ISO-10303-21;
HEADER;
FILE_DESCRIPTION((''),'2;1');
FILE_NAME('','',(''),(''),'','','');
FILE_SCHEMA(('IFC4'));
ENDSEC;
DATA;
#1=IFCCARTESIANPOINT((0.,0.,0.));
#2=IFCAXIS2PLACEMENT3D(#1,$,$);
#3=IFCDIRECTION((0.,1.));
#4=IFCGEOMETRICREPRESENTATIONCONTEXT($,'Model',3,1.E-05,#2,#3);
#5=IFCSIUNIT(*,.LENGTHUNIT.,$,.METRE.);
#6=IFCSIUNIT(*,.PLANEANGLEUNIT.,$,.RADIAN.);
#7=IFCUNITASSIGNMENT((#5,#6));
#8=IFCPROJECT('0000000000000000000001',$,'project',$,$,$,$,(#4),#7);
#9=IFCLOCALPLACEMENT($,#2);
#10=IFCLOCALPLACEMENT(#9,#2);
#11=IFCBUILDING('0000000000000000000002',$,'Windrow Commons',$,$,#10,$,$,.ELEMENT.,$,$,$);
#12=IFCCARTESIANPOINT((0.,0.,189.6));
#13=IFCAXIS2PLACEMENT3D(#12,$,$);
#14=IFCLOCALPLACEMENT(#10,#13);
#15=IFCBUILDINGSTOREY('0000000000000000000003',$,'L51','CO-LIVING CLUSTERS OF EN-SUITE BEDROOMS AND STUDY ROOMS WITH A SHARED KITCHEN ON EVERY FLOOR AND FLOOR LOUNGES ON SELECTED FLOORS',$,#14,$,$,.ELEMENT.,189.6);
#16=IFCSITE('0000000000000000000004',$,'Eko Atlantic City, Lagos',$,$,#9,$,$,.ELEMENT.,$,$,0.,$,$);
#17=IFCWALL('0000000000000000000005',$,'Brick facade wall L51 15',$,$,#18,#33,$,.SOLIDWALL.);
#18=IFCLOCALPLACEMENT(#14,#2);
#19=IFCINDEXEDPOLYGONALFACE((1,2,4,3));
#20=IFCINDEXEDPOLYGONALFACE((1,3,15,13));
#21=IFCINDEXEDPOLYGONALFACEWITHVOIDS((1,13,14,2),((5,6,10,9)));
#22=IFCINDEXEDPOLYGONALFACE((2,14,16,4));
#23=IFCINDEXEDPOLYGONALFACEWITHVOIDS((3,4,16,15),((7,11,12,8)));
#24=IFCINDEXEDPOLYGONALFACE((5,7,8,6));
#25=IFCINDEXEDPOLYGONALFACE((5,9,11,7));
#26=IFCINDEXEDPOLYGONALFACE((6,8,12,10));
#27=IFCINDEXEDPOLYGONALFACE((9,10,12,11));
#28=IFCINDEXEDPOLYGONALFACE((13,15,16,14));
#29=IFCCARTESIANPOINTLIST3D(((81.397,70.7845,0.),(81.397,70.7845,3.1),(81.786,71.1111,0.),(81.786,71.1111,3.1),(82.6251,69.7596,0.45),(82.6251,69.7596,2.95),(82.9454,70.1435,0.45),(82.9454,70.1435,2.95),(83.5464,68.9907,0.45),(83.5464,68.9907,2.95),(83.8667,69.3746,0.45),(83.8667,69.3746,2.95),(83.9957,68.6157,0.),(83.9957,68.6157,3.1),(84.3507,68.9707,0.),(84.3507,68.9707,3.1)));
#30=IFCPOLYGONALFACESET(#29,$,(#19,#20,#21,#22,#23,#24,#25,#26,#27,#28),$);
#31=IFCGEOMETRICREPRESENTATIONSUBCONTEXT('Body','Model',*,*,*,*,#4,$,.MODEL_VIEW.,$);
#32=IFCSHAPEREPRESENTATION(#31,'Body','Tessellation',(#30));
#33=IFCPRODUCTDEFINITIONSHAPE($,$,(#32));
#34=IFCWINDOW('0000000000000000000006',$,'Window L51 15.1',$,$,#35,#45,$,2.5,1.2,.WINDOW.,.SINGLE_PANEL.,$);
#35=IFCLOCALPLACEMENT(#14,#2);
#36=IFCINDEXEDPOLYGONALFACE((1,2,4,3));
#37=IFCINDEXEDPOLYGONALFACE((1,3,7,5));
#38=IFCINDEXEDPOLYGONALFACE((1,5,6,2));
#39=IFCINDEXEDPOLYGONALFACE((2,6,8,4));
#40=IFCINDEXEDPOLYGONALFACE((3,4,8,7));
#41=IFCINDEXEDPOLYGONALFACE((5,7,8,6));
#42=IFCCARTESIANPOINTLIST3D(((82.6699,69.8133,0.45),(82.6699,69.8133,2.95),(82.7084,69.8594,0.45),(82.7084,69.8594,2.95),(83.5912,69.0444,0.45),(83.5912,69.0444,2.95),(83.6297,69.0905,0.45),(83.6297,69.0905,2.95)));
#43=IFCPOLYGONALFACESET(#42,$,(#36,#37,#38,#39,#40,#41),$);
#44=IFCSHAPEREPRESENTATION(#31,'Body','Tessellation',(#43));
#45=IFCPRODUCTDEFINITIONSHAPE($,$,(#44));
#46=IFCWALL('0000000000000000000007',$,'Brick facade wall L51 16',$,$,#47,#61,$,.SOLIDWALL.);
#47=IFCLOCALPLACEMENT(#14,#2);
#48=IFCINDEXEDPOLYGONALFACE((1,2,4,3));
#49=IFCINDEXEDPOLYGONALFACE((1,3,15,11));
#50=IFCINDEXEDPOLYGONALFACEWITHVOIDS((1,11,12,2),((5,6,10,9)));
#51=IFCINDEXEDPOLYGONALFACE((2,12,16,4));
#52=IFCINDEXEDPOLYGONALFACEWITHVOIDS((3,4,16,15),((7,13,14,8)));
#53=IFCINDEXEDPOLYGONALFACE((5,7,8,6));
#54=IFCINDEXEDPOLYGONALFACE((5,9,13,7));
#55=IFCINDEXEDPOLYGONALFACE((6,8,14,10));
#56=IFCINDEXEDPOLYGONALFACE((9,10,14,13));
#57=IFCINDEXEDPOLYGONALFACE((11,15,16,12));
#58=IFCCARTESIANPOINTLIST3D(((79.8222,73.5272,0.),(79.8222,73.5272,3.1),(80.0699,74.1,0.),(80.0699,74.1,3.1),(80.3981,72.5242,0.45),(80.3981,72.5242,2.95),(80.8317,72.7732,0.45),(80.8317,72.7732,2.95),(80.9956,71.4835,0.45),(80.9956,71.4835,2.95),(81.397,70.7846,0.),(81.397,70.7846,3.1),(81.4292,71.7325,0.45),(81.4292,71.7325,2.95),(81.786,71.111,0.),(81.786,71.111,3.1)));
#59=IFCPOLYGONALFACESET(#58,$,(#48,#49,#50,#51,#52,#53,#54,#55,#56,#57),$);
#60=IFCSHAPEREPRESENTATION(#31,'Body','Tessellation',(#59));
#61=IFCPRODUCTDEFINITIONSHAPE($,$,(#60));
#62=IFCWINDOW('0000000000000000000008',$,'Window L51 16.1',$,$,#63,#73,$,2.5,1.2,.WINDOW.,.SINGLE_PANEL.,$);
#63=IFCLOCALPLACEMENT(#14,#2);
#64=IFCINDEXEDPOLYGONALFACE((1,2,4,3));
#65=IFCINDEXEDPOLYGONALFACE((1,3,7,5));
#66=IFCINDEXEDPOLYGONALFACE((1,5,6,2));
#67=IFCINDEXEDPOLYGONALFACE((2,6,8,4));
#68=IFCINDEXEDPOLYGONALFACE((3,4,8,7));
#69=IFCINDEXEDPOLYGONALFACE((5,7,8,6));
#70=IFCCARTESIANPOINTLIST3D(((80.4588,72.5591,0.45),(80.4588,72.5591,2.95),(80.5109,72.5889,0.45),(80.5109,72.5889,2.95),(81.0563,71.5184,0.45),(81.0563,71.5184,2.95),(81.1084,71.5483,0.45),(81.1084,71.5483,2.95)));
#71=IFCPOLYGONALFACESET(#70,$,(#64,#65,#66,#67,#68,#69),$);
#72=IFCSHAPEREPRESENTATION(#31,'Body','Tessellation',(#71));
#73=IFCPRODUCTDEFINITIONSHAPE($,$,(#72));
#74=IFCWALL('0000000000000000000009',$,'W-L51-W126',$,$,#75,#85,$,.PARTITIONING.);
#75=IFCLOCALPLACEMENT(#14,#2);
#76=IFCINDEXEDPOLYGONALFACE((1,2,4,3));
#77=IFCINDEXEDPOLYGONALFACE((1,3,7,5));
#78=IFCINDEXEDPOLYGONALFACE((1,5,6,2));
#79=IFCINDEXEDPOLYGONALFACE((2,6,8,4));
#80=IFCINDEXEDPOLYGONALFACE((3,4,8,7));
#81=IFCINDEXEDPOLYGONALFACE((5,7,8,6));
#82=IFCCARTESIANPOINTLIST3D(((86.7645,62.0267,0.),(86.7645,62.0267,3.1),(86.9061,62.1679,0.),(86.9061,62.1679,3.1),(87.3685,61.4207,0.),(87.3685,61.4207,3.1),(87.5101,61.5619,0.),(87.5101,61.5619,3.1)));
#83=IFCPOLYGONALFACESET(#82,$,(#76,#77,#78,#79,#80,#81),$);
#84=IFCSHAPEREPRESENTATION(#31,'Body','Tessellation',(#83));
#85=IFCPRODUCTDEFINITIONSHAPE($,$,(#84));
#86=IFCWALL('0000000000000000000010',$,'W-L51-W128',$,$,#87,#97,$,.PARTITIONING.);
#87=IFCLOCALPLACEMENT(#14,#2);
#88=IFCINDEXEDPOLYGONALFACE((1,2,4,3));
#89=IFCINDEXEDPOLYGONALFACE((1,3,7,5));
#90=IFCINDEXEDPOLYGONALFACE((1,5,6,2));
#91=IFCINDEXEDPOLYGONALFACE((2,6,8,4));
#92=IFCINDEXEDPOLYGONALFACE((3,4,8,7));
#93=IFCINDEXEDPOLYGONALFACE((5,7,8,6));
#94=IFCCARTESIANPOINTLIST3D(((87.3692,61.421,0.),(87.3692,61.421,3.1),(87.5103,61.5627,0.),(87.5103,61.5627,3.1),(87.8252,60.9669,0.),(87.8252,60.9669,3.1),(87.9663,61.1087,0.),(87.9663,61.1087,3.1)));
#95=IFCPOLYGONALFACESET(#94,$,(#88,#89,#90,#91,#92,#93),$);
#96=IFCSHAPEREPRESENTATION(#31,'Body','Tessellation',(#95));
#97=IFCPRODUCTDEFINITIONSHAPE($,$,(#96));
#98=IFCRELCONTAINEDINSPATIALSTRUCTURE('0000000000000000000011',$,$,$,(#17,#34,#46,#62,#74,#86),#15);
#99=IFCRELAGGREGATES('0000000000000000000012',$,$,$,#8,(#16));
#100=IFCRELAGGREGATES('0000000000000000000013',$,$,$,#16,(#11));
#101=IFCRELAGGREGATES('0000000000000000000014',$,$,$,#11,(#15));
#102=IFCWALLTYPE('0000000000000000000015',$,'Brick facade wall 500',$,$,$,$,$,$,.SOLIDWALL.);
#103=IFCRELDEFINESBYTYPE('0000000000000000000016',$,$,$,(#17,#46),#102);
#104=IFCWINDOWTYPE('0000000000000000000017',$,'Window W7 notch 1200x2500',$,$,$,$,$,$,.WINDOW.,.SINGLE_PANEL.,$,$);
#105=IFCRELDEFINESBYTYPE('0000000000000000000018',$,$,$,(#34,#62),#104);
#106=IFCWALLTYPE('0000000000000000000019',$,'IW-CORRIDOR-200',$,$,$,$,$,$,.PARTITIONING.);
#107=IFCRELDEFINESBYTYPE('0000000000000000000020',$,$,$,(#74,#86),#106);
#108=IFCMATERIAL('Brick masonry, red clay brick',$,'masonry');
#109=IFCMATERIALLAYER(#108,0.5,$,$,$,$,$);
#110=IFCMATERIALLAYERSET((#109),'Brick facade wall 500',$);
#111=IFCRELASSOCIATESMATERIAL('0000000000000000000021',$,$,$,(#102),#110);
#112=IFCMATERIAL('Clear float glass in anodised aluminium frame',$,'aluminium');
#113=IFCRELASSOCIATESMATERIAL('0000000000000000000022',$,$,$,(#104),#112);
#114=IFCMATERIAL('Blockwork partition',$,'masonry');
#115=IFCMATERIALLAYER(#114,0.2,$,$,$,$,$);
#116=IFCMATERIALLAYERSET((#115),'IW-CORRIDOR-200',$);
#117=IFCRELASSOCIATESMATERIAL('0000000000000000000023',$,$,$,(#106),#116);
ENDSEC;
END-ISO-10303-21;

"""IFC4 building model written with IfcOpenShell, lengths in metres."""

from ifc_helpers import new_model, si_unit, direction, frame, frame_2d, origin, place, context, subcontext, project, spatial, polyline, rectangle, outline, extrude, material, layer, layer_set, type_object, element, fill, save


model = new_model("IFC4")

# Units and contexts
model_context = context("Model", 3, precision=1e-05, world=origin(), true_north=direction((0.0, 1.0)))
body_context = subcontext(model_context, "Body", "Model", "MODEL_VIEW")
ifc_project = project(units=[si_unit("LENGTHUNIT", "METRE"), si_unit("PLANEANGLEUNIT", "RADIAN")], contexts=[model_context])

# Site, building, storey
site_placement = place(None, origin())
site = spatial("IfcSite", under=ifc_project, at=site_placement, Name="Eko Atlantic City, Lagos", CompositionType="ELEMENT", RefElevation=0.0)
building_placement = place(site_placement, origin())
building = spatial("IfcBuilding", under=site, at=building_placement, Name="Windrow Commons", CompositionType="ELEMENT")
storey_placement = place(building_placement, frame((0.0, 0.0, 189.6)))
storey = spatial("IfcBuildingStorey", under=building, at=storey_placement, Name="L51", Description="CO-LIVING CLUSTERS OF EN-SUITE BEDROOMS AND STUDY ROOMS WITH A SHARED KITCHEN ON EVERY FLOOR AND FLOOR LOUNGES ON SELECTED FLOORS", CompositionType="ELEMENT", Elevation=189.6)

# Shared definitions
ifc_material_1 = material(Name="Brick masonry, red clay brick", Category="masonry")
ifc_layer_1 = layer(ifc_material_1, 0.5)
ifc_layer_set_1 = layer_set([ifc_layer_1], Name="Brick facade wall 500")
wall_type_1 = type_object("IfcWallType", Name="Brick facade wall 500", PredefinedType="SOLIDWALL", material=ifc_layer_set_1)
ifc_material_2 = material(Name="Clear float glass in anodised aluminium frame", Category="aluminium")
window_type = type_object("IfcWindowType", Name="Window W7 notch 1200x2500", PartitioningType="SINGLE_PANEL", PredefinedType="WINDOW", material=ifc_material_2)

# Walls, openings, windows
wall_1_placement = place(storey_placement, frame((84.1732, 68.7932, 0.0), z_axis=(0.0, 0.0, 1.0), x_axis=(-0.767756, 0.640743, 0.0)))
wall_1 = element("IfcWall", 1, at=wall_1_placement, inside=storey, type_object=wall_type_1, Name="Brick facade wall L51 15", PredefinedType="SOLIDWALL", context=body_context, shape_type="SweptSolid", body=[
    extrude(outline(polyline([(-0.0225, -0.25), (3.3179, -0.25), (3.4074, 0.25), (0.0225, 0.25), (-0.0225, -0.25)])), origin(), (0.0, 0.0, 1.0), 3.1),
])
opening_1_placement = place(wall_1_placement, frame((0.6078, 0.0, 0.45)))
opening_1 = element("IfcOpeningElement", 2, at=opening_1_placement, cuts=wall_1, PredefinedType="OPENING", context=body_context, shape_type="SweptSolid", body=[
    extrude(rectangle(XDim=1.2, YDim=2.5, at=frame_2d((0.6, 1.25))), frame((0.0, 0.26, 0.0), z_axis=(0.0, -1.0, 0.0), x_axis=(1.0, 0.0, 0.0)), (0.0, 0.0, 1.0), 0.52),
])
window_1_placement = place(opening_1_placement, origin())
window_1 = element("IfcWindow", 3, at=window_1_placement, inside=storey, type_object=window_type, Name="Window L51 15.1", OverallHeight=2.5, OverallWidth=1.2, PartitioningType="SINGLE_PANEL", PredefinedType="WINDOW", context=body_context, shape_type="SweptSolid", body=[
    extrude(rectangle(XDim=1.2, YDim=2.5, at=frame_2d((0.6, 1.25))), frame((0.0, 0.18, 0.0), z_axis=(0.0, -1.0, 0.0), x_axis=(1.0, 0.0, 0.0)), (0.0, 0.0, 1.0), 0.06),
])
fill(opening_1, window_1)
wall_2_placement = place(storey_placement, frame((81.5915, 70.9478, 0.0), z_axis=(0.0, 0.0, 1.0), x_axis=(-0.497917, 0.867225, 0.0)))
wall_2 = element("IfcWall", 4, at=wall_2_placement, inside=storey, type_object=wall_type_1, Name="Brick facade wall L51 16", PredefinedType="SOLIDWALL", context=body_context, shape_type="SweptSolid", body=[
    extrude(outline(polyline([(0.0447, -0.25), (3.4913, -0.25), (3.1179, 0.25), (-0.0447, 0.25), (0.0447, -0.25)])), origin(), (0.0, 0.0, 1.0), 3.1),
])
opening_2_placement = place(wall_2_placement, frame((0.7613, 0.0, 0.45)))
opening_2 = element("IfcOpeningElement", 5, at=opening_2_placement, cuts=wall_2, PredefinedType="OPENING", context=body_context, shape_type="SweptSolid", body=[
    extrude(rectangle(XDim=1.2, YDim=2.5, at=frame_2d((0.6, 1.25))), frame((0.0, 0.26, 0.0), z_axis=(0.0, -1.0, 0.0), x_axis=(1.0, 0.0, 0.0)), (0.0, 0.0, 1.0), 0.52),
])
window_2_placement = place(opening_2_placement, origin())
window_2 = element("IfcWindow", 6, at=window_2_placement, inside=storey, type_object=window_type, Name="Window L51 16.1", OverallHeight=2.5, OverallWidth=1.2, PartitioningType="SINGLE_PANEL", PredefinedType="WINDOW", context=body_context, shape_type="SweptSolid", body=[
    extrude(rectangle(XDim=1.2, YDim=2.5, at=frame_2d((0.6, 1.25))), frame((0.0, 0.18, 0.0), z_axis=(0.0, -1.0, 0.0), x_axis=(1.0, 0.0, 0.0)), (0.0, 0.0, 1.0), 0.06),
])
fill(opening_2, window_2)

# Walls
ifc_material_3 = material(Name="Blockwork partition", Category="masonry")
ifc_layer_2 = layer(ifc_material_3, 0.2)
ifc_layer_set_2 = layer_set([ifc_layer_2], Name="IW-CORRIDOR-200")
wall_type_2 = type_object("IfcWallType", Name="IW-CORRIDOR-200", PredefinedType="PARTITIONING", material=ifc_layer_set_2)
wall_3_placement = place(storey_placement, frame((86.8353, 62.0973, 0.0), z_axis=(0.0, 0.0, 1.0), x_axis=(0.705937, -0.708275, 0.0)))
element("IfcWall", 7, at=wall_3_placement, inside=storey, type_object=wall_type_2, Name="W-L51-W126", PredefinedType="PARTITIONING", context=body_context, shape_type="SweptSolid", body=[
    extrude(rectangle(XDim=0.8556, YDim=0.2, at=frame_2d((0.4278, 0.0))), origin(), (0.0, 0.0, 1.0), 3.1),
])
wall_4_placement = place(storey_placement, frame((87.4398, 61.4918, 0.0), z_axis=(0.0, 0.0, 1.0), x_axis=(0.708659, -0.705551, 0.0)))
element("IfcWall", 8, at=wall_4_placement, inside=storey, type_object=wall_type_2, Name="W-L51-W128", PredefinedType="PARTITIONING", context=body_context, shape_type="SweptSolid", body=[
    extrude(rectangle(XDim=0.6435, YDim=0.2, at=frame_2d((0.3217, 0.0))), origin(), (0.0, 0.0, 1.0), 3.1),
])

save(model, "model.ifc")
